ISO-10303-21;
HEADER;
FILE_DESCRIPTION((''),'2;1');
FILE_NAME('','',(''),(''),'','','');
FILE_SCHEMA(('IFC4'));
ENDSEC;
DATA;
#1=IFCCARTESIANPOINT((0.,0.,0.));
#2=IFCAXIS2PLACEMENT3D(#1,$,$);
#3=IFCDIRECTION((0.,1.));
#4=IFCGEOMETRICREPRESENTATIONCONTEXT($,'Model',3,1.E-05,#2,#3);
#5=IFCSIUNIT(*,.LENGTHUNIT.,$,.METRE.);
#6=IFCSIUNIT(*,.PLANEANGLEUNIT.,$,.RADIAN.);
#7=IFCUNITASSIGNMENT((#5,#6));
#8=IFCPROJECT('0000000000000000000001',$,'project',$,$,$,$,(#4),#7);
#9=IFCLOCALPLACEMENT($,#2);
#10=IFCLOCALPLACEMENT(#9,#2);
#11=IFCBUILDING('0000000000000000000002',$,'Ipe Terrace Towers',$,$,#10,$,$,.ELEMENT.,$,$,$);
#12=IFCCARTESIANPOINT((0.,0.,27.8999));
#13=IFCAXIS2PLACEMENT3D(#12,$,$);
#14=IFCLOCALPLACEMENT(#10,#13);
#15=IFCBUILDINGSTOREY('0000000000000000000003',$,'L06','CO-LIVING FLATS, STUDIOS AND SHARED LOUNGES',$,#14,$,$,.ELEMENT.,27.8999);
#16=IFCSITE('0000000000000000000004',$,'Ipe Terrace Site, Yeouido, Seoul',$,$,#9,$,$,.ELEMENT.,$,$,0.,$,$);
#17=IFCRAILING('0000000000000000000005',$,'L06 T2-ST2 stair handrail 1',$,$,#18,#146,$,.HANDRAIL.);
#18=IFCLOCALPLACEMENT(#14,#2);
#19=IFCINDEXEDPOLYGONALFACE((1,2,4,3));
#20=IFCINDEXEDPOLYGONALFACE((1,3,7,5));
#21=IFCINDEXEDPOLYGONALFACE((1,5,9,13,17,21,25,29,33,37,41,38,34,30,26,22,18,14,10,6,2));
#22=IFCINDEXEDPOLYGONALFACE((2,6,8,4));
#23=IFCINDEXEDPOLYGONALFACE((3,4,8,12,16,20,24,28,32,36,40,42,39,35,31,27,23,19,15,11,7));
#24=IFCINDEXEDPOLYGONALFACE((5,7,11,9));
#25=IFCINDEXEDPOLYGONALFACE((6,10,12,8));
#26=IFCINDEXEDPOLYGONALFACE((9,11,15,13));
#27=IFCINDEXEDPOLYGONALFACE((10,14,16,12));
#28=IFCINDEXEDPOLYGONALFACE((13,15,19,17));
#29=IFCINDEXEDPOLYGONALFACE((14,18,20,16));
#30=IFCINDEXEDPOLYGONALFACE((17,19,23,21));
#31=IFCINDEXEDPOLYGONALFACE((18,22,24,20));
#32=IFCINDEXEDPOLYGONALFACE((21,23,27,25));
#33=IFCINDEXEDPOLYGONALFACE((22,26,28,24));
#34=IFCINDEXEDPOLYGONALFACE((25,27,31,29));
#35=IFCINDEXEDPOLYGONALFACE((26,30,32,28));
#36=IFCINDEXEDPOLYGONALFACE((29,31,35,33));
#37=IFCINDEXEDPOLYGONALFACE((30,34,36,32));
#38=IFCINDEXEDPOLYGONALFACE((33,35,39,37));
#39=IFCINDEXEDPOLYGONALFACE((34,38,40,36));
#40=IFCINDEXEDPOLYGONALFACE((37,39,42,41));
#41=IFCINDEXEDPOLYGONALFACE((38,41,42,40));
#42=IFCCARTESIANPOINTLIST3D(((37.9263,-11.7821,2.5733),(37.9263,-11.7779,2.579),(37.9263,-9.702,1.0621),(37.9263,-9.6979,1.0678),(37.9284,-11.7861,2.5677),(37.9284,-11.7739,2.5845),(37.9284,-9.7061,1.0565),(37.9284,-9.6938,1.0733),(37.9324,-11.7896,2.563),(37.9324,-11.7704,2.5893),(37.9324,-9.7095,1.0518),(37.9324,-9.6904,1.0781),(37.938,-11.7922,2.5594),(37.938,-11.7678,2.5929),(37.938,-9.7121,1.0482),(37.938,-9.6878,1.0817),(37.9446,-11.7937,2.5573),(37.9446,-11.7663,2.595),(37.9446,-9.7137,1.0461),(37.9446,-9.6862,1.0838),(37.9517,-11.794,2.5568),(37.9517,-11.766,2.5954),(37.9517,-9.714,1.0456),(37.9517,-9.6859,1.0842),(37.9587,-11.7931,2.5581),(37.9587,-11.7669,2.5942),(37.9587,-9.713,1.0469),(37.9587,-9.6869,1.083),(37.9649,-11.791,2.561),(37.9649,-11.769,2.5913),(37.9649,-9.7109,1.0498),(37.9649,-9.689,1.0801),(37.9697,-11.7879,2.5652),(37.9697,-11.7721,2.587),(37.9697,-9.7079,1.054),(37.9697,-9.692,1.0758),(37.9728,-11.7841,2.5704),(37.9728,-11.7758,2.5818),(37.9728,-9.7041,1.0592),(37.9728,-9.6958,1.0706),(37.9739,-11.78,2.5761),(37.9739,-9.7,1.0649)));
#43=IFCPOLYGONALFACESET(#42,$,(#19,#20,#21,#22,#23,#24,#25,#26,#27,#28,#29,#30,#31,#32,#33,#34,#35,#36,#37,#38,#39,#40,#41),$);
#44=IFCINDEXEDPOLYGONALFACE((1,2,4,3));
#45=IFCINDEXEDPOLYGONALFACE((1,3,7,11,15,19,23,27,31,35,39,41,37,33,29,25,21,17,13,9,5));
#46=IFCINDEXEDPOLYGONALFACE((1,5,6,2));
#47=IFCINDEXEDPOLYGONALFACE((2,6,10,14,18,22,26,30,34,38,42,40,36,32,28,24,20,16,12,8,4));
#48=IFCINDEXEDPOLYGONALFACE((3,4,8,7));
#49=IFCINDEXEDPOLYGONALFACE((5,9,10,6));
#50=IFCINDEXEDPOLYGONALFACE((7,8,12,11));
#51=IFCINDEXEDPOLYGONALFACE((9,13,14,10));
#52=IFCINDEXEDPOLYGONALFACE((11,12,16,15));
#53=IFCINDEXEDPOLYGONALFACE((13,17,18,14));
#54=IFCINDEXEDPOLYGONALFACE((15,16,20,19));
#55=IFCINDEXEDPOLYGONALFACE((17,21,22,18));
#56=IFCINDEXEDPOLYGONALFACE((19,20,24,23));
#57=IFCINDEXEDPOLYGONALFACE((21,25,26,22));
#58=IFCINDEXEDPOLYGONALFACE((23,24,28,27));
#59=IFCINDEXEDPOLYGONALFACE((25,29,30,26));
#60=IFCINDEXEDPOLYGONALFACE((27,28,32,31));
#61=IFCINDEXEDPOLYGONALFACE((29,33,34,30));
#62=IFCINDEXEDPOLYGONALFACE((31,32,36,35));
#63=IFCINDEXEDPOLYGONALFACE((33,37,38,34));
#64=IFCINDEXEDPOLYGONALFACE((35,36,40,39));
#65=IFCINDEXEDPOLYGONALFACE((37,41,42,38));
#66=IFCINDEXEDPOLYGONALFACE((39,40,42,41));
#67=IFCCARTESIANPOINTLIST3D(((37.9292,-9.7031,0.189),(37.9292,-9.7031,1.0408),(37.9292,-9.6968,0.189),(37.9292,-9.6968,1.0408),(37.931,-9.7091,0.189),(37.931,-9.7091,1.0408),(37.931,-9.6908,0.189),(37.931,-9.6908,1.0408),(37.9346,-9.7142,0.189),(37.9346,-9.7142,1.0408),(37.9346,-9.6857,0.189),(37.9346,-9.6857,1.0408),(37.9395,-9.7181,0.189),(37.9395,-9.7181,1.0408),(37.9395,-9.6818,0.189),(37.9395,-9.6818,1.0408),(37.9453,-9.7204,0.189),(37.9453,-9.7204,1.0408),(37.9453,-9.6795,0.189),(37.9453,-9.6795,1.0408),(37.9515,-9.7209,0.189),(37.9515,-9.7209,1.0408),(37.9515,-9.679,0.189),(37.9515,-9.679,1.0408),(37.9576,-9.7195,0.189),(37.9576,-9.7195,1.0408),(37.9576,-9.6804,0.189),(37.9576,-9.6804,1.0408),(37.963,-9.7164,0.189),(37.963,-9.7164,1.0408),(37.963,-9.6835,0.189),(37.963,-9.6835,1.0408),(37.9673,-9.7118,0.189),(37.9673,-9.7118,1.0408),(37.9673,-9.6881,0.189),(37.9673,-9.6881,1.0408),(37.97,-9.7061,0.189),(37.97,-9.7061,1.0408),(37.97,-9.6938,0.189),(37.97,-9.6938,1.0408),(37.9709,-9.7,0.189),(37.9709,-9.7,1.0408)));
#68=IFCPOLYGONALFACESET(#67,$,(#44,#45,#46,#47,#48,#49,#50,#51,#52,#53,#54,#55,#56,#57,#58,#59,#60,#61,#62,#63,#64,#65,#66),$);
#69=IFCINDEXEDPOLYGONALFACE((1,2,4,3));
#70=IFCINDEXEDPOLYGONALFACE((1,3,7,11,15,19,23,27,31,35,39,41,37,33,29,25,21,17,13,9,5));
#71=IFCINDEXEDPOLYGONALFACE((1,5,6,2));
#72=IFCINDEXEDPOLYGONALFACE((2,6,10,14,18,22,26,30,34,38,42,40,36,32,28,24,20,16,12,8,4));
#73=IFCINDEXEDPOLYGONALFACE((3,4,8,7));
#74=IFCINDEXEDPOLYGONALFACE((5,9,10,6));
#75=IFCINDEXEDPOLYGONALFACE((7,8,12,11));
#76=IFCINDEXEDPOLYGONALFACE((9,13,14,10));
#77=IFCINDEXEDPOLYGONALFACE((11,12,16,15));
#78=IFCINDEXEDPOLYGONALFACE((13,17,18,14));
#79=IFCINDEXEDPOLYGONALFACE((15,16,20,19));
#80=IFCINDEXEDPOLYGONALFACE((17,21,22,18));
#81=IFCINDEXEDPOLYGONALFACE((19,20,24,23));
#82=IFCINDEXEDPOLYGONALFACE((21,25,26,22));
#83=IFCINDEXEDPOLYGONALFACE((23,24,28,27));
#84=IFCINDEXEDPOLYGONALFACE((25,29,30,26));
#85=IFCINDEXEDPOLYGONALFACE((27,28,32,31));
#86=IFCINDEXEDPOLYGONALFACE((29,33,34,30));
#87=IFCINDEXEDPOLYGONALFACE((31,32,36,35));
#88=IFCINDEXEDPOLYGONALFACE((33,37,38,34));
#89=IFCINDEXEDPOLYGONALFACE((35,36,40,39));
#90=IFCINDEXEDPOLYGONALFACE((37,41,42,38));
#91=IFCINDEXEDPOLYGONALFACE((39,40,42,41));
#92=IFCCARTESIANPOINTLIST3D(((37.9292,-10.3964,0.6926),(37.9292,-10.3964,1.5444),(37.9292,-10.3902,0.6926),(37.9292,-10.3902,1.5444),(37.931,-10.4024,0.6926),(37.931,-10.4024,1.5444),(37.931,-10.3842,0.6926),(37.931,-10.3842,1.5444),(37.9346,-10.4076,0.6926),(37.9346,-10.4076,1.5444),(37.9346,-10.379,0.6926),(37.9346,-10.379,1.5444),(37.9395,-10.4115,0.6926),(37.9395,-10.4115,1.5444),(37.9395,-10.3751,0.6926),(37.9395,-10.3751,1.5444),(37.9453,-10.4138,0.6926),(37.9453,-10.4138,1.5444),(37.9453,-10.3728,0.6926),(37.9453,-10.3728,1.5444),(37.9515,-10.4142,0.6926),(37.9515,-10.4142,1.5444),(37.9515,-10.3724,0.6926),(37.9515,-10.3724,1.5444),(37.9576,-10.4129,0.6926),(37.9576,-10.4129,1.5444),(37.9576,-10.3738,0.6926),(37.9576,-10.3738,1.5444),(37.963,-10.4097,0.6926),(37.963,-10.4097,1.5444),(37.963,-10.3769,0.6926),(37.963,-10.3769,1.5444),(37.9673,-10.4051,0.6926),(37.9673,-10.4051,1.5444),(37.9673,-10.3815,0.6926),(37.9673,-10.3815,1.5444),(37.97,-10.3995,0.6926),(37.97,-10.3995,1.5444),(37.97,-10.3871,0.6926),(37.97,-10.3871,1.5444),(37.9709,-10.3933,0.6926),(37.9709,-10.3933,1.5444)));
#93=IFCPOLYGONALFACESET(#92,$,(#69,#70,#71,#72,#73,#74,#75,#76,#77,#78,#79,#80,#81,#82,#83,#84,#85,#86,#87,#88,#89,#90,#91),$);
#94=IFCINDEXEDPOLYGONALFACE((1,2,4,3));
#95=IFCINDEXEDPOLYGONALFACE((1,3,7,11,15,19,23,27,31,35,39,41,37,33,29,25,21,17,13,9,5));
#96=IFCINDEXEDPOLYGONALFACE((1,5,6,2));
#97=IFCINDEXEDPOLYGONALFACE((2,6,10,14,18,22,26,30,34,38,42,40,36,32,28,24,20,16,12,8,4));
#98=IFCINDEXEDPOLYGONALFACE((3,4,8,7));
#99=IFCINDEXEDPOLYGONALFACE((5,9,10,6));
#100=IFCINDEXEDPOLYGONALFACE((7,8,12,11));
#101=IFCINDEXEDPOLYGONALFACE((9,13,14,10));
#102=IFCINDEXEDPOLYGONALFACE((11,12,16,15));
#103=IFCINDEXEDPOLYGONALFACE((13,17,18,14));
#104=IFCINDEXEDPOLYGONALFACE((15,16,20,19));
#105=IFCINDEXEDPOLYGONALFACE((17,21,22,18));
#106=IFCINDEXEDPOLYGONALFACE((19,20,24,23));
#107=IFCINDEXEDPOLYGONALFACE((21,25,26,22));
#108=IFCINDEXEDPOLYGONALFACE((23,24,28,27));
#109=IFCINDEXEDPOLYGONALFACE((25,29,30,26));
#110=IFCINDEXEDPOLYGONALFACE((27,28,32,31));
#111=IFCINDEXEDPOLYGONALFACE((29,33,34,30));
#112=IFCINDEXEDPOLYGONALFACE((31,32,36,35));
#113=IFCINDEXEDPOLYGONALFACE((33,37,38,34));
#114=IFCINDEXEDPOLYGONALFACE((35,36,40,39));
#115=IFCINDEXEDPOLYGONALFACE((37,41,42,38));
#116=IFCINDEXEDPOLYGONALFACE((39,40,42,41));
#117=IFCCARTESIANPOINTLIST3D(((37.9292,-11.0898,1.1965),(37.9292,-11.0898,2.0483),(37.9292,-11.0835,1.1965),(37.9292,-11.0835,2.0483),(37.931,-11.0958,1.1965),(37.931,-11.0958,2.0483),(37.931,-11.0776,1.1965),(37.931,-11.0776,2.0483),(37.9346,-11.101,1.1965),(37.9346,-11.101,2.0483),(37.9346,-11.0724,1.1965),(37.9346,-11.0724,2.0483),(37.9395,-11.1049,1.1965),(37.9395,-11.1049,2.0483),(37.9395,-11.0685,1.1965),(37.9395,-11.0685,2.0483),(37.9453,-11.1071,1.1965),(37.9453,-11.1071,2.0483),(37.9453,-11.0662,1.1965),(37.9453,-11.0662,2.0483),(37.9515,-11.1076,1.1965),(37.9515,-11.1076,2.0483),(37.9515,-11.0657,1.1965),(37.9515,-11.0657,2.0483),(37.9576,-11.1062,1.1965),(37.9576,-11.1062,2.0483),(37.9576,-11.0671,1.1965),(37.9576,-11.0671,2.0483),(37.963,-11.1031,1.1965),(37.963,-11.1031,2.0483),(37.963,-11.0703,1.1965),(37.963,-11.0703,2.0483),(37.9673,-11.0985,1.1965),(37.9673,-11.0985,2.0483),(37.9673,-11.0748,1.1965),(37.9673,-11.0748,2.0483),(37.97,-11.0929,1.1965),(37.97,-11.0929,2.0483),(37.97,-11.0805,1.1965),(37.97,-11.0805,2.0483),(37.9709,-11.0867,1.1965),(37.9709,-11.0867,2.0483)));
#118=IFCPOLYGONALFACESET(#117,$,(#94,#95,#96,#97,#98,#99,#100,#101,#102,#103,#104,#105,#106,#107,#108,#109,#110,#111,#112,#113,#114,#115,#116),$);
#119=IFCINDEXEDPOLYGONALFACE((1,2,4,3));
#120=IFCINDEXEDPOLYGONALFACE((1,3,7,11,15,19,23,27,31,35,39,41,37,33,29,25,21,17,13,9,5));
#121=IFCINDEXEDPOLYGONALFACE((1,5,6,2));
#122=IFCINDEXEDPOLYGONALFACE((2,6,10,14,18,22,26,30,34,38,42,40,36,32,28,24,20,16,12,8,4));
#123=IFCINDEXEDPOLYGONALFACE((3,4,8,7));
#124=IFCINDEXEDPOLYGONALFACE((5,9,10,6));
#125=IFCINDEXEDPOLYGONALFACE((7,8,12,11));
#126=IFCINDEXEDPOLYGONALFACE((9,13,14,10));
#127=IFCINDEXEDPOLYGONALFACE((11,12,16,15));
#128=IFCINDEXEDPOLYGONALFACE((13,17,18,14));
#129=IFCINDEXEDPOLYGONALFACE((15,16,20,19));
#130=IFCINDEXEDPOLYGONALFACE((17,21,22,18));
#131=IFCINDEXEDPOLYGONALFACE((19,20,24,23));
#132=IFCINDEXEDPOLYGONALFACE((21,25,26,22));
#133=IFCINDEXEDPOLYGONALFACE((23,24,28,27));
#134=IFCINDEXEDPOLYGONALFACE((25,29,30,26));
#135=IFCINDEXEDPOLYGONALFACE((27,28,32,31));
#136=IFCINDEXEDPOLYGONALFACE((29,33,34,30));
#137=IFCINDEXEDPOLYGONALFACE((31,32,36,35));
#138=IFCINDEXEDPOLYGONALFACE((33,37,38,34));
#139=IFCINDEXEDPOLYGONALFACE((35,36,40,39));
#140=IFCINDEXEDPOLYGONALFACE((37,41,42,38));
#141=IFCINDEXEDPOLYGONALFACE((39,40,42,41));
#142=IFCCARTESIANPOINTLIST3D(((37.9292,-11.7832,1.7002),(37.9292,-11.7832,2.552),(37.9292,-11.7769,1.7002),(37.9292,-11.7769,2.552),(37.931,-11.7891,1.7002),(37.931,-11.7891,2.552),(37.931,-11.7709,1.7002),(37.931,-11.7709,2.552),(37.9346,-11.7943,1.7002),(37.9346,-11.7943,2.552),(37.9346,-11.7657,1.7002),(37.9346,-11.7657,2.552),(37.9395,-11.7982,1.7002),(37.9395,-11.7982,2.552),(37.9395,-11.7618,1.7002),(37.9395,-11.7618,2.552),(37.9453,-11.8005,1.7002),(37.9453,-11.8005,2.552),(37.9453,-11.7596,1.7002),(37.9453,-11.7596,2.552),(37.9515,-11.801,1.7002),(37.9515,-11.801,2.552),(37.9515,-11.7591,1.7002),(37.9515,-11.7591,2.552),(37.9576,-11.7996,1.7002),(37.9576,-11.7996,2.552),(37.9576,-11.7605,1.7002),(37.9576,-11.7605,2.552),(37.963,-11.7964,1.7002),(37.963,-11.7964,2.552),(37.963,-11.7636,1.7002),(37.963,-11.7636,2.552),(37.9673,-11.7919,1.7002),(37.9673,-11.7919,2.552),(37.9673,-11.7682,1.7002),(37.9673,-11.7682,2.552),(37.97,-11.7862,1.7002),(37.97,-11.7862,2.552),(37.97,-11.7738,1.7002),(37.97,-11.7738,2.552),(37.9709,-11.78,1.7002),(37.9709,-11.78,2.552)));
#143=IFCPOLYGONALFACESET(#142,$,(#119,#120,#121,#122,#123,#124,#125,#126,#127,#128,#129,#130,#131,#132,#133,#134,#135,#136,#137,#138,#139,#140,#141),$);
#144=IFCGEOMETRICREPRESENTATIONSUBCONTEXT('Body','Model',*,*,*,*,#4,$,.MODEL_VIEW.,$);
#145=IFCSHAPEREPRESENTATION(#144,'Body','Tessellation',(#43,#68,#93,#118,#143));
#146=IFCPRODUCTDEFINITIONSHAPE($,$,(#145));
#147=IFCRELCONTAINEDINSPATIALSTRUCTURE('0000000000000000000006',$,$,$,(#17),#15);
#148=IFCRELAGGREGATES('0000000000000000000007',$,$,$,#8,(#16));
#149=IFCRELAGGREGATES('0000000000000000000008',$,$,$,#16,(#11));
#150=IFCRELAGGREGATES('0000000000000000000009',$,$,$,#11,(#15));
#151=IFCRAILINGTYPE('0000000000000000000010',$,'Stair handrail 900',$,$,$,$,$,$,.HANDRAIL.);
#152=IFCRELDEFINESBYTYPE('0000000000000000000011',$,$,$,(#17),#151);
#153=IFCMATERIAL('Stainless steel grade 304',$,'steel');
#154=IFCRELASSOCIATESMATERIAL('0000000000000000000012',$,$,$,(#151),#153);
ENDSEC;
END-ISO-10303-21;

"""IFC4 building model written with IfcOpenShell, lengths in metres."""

from ifc_helpers import new_model, si_unit, direction, frame, origin, origin_2d, place, context, subcontext, project, spatial, circle, extrude, material, type_object, element, save


model = new_model("IFC4")

# Units and contexts
model_context = context("Model", 3, precision=1e-05, world=origin(), true_north=direction((0.0, 1.0)))
body_context = subcontext(model_context, "Body", "Model", "MODEL_VIEW")
ifc_project = project(units=[si_unit("LENGTHUNIT", "METRE"), si_unit("PLANEANGLEUNIT", "RADIAN")], contexts=[model_context])

# Site, building, storey
site_placement = place(None, origin())
site = spatial("IfcSite", under=ifc_project, at=site_placement, Name="Ipe Terrace Site, Yeouido, Seoul", CompositionType="ELEMENT", RefElevation=0.0)
building_placement = place(site_placement, origin())
building = spatial("IfcBuilding", under=site, at=building_placement, Name="Ipe Terrace Towers", CompositionType="ELEMENT")
storey_placement = place(building_placement, frame((0.0, 0.0, 27.8999)))
storey = spatial("IfcBuildingStorey", under=building, at=storey_placement, Name="L06", Description="CO-LIVING FLATS, STUDIOS AND SHARED LOUNGES", CompositionType="ELEMENT", Elevation=27.8999)

# Railing
ifc_material_1 = material(Name="Stainless steel grade 304", Category="steel")
railing_type_1 = type_object("IfcRailingType", Name="Stair handrail 900", PredefinedType="HANDRAIL", material=ifc_material_1)
railing_1_placement = place(storey_placement, frame((37.95, -9.7, 0.189)))
element("IfcRailing", 1, at=railing_1_placement, inside=storey, type_object=railing_type_1, Name="L06 T2-ST2 stair handrail 1", PredefinedType="HANDRAIL", context=body_context, shape_type="SweptSolid", body=[
    extrude(circle(Radius=0.0239, at=origin_2d()), frame((0.0, 0.0, 0.876), z_axis=(0.0, -0.809023, 0.587776), x_axis=(1.0, 0.0, 0.0)), (0.0, 0.0, 1.0), 2.571),
    extrude(circle(Radius=0.021, at=origin_2d()), origin(), (0.0, 0.0, 1.0), 0.8518),
    extrude(circle(Radius=0.021, at=origin_2d()), frame((0.0, -0.6934, 0.5037)), (0.0, 0.0, 1.0), 0.8518),
    extrude(circle(Radius=0.021, at=origin_2d()), frame((0.0, -1.3867, 1.0076)), (0.0, 0.0, 1.0), 0.8518),
    extrude(circle(Radius=0.021, at=origin_2d()), frame((0.0, -2.0801, 1.5112)), (0.0, 0.0, 1.0), 0.8518),
])

save(model, "model.ifc")
